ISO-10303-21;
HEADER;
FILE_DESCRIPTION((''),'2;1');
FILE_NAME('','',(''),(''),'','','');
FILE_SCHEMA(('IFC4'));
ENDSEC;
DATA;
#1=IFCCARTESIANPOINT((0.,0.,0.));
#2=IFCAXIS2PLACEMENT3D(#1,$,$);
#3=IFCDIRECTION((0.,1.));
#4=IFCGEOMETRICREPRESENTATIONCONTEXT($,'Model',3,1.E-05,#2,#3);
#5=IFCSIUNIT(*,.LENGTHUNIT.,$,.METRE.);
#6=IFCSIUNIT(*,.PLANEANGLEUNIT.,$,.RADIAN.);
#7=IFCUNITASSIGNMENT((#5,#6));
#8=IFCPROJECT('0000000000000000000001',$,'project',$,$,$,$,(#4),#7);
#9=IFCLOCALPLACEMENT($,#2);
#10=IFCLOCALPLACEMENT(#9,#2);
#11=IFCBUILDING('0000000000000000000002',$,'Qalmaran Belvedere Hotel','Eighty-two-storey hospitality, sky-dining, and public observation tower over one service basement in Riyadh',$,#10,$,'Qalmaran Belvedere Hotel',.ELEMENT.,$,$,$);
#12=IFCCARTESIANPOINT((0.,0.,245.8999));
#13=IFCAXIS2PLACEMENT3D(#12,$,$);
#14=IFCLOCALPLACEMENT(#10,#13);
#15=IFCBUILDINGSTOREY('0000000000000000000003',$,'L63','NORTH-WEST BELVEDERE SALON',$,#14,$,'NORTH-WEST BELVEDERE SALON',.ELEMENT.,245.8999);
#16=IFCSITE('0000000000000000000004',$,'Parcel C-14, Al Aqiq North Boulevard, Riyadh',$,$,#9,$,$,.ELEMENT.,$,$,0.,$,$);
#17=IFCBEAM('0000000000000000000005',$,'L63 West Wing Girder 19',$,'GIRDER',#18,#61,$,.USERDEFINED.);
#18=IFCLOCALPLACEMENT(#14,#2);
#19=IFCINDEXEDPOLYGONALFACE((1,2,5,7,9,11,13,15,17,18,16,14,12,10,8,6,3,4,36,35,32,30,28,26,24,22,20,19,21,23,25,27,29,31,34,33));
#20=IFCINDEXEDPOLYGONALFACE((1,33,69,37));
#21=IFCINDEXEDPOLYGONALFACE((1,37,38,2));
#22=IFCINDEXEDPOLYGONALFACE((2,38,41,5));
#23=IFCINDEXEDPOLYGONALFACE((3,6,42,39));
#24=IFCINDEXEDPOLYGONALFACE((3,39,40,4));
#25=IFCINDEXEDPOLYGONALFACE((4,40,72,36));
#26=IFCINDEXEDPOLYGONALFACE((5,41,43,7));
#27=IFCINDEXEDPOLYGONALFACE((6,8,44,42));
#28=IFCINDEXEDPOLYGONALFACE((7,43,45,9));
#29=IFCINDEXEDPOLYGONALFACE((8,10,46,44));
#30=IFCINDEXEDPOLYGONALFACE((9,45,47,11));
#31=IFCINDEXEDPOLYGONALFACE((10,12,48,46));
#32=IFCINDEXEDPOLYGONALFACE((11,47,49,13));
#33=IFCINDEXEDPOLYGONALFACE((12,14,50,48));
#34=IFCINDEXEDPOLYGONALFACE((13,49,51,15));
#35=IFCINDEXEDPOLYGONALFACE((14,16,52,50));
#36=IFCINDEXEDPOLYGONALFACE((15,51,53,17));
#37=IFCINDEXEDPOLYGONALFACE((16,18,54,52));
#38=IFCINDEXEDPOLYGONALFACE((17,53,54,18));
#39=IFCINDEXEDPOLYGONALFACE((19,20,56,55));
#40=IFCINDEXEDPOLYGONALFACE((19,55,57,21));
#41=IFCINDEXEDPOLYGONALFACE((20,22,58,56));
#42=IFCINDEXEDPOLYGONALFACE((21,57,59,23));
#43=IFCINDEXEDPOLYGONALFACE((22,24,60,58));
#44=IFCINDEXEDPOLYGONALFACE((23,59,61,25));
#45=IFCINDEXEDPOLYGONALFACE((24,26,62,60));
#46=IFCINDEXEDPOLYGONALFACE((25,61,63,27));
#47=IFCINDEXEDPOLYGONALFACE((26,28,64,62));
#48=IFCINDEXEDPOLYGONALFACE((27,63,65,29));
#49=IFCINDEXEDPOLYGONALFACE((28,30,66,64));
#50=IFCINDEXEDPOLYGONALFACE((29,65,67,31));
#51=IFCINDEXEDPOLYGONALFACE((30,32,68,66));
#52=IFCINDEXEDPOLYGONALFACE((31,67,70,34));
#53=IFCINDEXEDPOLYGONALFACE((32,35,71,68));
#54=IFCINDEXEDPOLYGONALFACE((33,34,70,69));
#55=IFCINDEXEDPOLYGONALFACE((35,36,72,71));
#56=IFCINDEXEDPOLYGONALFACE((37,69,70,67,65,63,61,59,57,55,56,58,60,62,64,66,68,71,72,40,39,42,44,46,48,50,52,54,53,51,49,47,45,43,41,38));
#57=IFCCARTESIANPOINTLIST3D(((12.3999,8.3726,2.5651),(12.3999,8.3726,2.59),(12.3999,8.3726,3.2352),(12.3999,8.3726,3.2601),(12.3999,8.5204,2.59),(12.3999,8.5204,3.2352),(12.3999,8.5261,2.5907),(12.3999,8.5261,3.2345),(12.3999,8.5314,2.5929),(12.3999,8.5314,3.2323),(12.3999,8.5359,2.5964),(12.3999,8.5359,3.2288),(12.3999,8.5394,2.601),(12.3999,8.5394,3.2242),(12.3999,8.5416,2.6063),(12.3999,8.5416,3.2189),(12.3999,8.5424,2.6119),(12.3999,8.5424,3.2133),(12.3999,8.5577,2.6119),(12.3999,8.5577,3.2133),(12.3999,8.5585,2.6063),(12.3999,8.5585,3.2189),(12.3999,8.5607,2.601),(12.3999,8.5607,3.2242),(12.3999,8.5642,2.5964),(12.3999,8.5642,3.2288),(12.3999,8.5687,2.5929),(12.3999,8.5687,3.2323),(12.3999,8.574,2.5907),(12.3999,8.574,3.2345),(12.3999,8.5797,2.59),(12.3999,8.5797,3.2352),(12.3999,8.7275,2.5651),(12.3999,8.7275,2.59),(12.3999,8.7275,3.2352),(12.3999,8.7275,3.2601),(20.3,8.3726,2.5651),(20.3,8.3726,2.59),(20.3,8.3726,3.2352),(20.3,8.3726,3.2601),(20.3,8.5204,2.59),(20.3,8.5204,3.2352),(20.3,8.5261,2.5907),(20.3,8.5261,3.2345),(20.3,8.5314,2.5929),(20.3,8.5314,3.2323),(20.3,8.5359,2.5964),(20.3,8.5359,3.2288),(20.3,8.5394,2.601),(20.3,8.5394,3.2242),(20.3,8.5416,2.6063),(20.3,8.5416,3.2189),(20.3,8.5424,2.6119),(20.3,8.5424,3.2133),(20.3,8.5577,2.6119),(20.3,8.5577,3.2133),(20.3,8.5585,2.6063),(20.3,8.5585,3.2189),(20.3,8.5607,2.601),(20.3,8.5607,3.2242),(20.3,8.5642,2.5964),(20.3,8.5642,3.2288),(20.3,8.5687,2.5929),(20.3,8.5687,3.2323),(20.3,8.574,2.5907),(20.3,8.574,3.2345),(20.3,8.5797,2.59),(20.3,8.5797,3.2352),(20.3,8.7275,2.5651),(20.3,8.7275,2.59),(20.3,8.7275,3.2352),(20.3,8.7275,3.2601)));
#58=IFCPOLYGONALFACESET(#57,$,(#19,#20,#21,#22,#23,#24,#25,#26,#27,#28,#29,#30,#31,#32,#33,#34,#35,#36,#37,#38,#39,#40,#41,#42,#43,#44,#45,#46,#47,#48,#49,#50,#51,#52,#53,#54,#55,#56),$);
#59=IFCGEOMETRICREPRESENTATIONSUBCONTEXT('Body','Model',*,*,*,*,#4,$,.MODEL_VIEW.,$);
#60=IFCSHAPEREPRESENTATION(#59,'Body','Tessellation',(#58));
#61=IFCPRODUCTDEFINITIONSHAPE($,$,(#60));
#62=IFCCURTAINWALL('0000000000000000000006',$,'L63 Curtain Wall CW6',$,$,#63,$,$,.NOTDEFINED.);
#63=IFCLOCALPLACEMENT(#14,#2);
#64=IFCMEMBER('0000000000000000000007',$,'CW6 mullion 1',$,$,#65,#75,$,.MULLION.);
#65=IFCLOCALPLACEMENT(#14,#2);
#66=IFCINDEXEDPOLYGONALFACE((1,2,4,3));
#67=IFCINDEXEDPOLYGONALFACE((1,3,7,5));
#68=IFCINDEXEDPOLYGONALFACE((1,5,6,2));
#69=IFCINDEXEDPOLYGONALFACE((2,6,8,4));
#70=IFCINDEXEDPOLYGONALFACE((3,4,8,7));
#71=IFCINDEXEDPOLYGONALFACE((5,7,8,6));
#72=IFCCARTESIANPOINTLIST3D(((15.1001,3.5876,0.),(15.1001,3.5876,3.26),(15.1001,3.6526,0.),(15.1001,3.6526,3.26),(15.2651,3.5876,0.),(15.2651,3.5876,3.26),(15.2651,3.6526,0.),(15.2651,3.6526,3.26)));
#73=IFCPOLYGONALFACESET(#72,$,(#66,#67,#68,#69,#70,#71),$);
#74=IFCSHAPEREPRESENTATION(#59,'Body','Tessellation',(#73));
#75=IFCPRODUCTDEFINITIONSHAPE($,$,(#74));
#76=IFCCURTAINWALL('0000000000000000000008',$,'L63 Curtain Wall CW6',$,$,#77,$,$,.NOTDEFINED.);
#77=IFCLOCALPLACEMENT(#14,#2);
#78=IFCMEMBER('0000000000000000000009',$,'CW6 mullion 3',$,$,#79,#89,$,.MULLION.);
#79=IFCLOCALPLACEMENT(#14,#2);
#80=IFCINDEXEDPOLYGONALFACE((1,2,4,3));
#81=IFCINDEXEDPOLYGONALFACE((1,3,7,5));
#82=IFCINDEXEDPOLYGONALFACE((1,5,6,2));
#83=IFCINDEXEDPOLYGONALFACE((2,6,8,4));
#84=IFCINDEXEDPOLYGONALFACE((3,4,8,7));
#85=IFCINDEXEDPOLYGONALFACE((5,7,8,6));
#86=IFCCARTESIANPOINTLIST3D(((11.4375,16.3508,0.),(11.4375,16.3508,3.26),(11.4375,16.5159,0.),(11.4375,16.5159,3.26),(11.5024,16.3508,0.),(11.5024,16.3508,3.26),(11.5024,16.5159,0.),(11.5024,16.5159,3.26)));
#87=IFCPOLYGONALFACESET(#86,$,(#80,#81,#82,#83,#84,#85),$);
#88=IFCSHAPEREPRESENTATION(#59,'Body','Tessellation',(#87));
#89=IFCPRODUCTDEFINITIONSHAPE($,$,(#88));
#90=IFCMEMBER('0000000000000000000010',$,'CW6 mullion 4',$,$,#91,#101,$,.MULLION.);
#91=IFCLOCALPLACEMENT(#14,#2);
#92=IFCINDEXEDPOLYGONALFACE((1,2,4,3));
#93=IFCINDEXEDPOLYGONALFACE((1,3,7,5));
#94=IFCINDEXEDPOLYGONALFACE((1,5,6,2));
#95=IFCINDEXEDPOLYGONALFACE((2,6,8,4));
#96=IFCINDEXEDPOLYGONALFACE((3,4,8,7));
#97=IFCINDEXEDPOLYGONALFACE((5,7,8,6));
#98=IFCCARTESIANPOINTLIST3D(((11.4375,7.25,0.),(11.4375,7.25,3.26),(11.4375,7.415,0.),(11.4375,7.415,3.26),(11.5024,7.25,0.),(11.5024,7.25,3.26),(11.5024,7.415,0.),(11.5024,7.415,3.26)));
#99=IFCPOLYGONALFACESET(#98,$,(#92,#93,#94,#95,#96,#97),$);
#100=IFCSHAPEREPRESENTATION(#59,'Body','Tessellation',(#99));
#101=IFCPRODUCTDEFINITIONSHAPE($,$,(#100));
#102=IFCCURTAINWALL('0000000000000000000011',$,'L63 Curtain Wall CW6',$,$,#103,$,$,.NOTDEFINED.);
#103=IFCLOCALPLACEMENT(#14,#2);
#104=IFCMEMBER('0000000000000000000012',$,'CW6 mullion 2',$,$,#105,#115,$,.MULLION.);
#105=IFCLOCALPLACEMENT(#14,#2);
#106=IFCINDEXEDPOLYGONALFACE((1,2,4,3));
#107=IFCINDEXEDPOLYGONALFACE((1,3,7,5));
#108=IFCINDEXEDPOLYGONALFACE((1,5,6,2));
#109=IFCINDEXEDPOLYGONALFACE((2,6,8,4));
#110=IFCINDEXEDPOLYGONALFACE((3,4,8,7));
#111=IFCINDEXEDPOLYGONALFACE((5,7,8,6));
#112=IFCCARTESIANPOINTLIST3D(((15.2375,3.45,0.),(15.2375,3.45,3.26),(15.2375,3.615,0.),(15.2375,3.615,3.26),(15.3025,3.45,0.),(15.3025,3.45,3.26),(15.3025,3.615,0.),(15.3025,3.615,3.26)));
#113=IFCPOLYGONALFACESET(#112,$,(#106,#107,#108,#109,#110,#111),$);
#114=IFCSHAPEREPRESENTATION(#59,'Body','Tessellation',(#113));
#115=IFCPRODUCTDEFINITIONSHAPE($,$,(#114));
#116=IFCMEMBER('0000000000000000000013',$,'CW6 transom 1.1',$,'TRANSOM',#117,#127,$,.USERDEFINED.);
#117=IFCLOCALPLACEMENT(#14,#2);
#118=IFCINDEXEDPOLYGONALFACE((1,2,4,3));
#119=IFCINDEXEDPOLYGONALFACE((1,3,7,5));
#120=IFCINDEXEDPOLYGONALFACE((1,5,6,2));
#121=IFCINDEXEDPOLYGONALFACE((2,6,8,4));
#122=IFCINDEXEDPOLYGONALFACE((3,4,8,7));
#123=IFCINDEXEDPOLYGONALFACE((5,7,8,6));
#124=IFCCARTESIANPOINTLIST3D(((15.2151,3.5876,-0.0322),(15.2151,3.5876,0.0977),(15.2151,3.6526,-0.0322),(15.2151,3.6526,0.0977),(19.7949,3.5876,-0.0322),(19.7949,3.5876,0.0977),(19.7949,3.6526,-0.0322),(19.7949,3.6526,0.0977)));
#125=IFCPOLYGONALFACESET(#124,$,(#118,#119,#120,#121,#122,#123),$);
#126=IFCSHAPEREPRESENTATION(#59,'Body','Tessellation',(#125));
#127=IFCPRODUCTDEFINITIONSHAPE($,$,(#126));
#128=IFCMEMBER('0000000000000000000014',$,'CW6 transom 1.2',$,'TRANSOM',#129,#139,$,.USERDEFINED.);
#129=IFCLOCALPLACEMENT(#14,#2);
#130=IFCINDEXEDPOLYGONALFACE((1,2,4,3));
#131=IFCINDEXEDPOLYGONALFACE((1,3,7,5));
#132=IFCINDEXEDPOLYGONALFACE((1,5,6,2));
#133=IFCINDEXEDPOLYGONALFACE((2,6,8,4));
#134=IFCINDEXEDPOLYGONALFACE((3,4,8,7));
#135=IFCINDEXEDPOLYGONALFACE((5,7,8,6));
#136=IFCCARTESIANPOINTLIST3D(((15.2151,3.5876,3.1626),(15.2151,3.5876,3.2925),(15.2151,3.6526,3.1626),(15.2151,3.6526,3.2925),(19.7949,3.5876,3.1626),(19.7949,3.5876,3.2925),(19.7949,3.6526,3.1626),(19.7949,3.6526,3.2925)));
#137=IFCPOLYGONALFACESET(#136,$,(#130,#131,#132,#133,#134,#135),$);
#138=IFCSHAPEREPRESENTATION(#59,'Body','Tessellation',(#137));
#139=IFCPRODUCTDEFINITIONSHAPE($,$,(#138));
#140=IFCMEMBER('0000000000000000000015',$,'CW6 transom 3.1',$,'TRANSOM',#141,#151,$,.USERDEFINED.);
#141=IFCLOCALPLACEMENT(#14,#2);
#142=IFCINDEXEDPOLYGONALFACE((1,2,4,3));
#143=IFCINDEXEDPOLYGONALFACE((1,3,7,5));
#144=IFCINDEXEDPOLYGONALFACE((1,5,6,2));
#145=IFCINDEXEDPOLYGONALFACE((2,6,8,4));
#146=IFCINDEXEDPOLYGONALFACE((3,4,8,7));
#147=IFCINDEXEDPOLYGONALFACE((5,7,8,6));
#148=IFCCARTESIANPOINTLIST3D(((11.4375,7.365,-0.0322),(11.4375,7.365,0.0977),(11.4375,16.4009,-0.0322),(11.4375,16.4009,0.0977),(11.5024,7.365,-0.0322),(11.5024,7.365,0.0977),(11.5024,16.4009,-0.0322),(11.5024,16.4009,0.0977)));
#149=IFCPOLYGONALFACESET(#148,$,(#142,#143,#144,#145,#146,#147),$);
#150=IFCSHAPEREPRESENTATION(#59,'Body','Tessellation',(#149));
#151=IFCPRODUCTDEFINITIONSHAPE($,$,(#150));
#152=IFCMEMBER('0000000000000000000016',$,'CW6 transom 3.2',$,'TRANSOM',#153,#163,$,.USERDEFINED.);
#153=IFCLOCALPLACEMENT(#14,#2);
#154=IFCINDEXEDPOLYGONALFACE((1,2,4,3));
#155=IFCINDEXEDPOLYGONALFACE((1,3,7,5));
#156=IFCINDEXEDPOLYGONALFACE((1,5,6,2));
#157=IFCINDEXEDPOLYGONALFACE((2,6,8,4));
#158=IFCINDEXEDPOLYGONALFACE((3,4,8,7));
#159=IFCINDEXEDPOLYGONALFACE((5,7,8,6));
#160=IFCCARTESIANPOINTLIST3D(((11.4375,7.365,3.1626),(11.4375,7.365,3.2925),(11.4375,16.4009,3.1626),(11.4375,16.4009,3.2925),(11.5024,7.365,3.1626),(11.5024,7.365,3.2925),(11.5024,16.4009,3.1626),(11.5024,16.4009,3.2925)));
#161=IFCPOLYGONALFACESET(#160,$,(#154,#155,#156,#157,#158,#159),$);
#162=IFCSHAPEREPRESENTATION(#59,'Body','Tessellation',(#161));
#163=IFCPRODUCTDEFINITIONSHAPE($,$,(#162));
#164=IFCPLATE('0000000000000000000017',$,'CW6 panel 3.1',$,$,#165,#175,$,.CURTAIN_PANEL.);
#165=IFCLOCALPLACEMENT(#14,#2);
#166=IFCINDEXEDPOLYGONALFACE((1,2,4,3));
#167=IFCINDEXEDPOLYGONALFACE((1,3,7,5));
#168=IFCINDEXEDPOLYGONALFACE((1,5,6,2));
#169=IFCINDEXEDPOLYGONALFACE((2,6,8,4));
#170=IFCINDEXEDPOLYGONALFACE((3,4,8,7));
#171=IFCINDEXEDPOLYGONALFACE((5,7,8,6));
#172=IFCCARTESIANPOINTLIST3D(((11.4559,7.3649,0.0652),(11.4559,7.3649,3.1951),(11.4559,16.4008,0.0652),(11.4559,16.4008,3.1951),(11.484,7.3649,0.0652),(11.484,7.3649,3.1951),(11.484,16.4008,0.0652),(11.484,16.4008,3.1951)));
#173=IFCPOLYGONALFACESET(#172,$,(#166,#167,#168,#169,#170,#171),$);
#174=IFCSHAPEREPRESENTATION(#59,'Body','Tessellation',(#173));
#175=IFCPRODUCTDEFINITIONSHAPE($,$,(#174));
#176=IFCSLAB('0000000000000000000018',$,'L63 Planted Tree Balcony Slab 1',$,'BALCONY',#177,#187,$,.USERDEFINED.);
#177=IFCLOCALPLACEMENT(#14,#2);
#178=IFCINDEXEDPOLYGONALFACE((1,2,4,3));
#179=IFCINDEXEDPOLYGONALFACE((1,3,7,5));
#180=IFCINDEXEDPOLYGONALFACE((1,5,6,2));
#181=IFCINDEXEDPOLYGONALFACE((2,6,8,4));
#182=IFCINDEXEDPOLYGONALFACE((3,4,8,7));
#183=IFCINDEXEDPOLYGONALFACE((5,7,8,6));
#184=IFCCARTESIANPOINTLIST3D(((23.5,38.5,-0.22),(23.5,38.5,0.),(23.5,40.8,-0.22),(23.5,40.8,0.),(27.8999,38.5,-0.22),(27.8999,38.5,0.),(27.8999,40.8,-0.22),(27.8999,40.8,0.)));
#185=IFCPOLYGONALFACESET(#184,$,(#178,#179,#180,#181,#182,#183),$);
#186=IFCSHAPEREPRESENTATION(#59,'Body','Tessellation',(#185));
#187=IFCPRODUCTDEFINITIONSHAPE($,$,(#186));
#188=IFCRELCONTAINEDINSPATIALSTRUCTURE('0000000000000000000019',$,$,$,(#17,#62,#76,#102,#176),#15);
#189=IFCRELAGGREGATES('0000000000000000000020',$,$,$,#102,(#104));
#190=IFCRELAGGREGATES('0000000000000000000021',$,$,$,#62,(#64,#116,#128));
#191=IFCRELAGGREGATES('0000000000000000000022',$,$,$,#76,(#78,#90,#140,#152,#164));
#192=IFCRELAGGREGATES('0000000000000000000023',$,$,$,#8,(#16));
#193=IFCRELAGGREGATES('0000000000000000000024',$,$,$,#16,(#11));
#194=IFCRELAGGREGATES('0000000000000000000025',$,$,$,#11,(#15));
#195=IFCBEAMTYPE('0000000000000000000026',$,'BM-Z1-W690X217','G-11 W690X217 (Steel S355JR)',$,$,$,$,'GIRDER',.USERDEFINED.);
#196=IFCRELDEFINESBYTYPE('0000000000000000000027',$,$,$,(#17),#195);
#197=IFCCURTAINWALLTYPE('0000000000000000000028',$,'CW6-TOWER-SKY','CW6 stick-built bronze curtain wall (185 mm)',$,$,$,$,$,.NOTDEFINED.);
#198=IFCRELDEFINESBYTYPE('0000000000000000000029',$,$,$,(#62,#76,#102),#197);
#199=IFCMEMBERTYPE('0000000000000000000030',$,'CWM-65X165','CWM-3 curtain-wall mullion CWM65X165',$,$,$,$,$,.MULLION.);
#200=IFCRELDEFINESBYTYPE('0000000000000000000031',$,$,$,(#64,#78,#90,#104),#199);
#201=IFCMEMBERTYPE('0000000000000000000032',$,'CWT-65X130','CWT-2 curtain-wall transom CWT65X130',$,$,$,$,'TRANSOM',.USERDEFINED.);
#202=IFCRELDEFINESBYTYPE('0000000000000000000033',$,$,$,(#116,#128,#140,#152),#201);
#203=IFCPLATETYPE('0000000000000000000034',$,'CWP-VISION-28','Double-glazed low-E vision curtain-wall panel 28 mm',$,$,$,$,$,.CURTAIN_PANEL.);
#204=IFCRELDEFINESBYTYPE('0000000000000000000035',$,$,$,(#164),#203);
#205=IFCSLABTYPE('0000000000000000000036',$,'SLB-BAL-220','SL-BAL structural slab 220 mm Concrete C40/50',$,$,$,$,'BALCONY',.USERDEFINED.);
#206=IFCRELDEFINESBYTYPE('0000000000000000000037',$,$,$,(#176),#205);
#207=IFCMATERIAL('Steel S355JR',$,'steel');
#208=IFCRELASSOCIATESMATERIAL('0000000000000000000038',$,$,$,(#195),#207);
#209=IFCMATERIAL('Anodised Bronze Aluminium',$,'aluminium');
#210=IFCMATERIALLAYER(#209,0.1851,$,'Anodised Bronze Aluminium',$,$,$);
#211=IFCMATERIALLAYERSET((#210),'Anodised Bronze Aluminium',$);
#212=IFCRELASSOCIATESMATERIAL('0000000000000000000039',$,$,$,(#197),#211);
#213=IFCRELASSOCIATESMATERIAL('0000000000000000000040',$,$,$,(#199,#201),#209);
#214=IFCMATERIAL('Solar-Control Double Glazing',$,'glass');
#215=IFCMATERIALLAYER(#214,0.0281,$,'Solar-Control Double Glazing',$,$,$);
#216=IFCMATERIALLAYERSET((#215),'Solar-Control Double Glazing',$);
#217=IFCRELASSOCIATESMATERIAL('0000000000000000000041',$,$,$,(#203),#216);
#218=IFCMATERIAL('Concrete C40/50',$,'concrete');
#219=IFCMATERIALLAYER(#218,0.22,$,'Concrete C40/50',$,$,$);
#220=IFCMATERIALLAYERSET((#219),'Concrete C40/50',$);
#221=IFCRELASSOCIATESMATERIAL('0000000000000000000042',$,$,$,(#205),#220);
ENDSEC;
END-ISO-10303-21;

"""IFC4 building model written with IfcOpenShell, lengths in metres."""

from ifc_helpers import new_model, si_unit, direction, frame, origin, origin_2d, place, context, subcontext, project, spatial, polyline, rectangle, i_section, outline, extrude, material, layer, layer_set, material_profile, profile_set, type_object, element, aggregate, save


model = new_model("IFC4")

# Units and contexts
model_context = context("Model", 3, precision=1e-05, world=origin(), true_north=direction((0.0, 1.0)))
body_context = subcontext(model_context, "Body", "Model", "MODEL_VIEW")
ifc_project = project(units=[si_unit("LENGTHUNIT", "METRE"), si_unit("PLANEANGLEUNIT", "RADIAN")], contexts=[model_context])

# Site, building, storey
site_placement = place(None, origin())
site = spatial("IfcSite", under=ifc_project, at=site_placement, Name="Parcel C-14, Al Aqiq North Boulevard, Riyadh", CompositionType="ELEMENT", RefElevation=0.0)
building_placement = place(site_placement, origin())
building = spatial("IfcBuilding", under=site, at=building_placement, Name="Qalmaran Belvedere Hotel", Description="Eighty-two-storey hospitality, sky-dining, and public observation tower over one service basement in Riyadh", LongName="Qalmaran Belvedere Hotel", CompositionType="ELEMENT")
storey_placement = place(building_placement, frame((0.0, 0.0, 245.8999)))
storey = spatial("IfcBuildingStorey", under=building, at=storey_placement, Name="L63", Description="NORTH-WEST BELVEDERE SALON", LongName="NORTH-WEST BELVEDERE SALON", CompositionType="ELEMENT", Elevation=245.8999)

# Beam
ifc_material_1 = material(Name="Steel S355JR", Category="steel")
ifc_material_profile_1 = material_profile(ifc_material_1, i_section(OverallWidth=0.355, OverallDepth=0.6951, WebThickness=0.0154, FlangeThickness=0.0249, FilletRadius=0.022, at=origin_2d()), Name="W690X217")
ifc_profile_set_1 = profile_set([ifc_material_profile_1], Name="Steel S355JR")
beam_type_1 = type_object("IfcBeamType", Name="BM-Z1-W690X217", Description="G-11 W690X217 (Steel S355JR)", ElementType="GIRDER", PredefinedType="USERDEFINED", material=ifc_profile_set_1)
beam_1_placement = place(storey_placement, frame((12.3999, 8.55, 2.9126), z_axis=(1.0, 0.0, 0.0), x_axis=(0.0, 1.0, 0.0)))
element("IfcBeam", 1, at=beam_1_placement, inside=storey, type_object=beam_type_1, Name="L63 West Wing Girder 19", ObjectType="GIRDER", PredefinedType="USERDEFINED", context=body_context, shape_type="SweptSolid", body=[
    extrude(i_section(OverallWidth=0.355, OverallDepth=0.6951, WebThickness=0.0154, FlangeThickness=0.0249, FilletRadius=0.022, at=origin_2d()), origin(), (0.0, 0.0, 1.0), 7.9001),
])

# Curtain wall, member
ifc_material_2 = material(Name="Anodised Bronze Aluminium", Category="aluminium")
ifc_layer_1 = layer(ifc_material_2, 0.1851, Name="Anodised Bronze Aluminium")
ifc_layer_set_1 = layer_set([ifc_layer_1], Name="Anodised Bronze Aluminium")
curtain_wall_type = type_object("IfcCurtainWallType", Name="CW6-TOWER-SKY", Description="CW6 stick-built bronze curtain wall (185 mm)", PredefinedType="NOTDEFINED", material=ifc_layer_set_1)
curtain_wall_1_placement = place(storey_placement, origin())
curtain_wall_1 = element("IfcCurtainWall", 2, at=curtain_wall_1_placement, inside=storey, type_object=curtain_wall_type, Name="L63 Curtain Wall CW6", PredefinedType="NOTDEFINED")
ifc_material_profile_2 = material_profile(ifc_material_2, rectangle(XDim=0.0649, YDim=0.165, at=origin_2d()), Name="CWM65X165")
ifc_profile_set_2 = profile_set([ifc_material_profile_2], Name="Anodised Bronze Aluminium")
member_type_1 = type_object("IfcMemberType", Name="CWM-65X165", Description="CWM-3 curtain-wall mullion CWM65X165", PredefinedType="MULLION", material=ifc_profile_set_2)
member_1_placement = place(storey_placement, frame((15.1826, 3.6201, 0.0), z_axis=(0.0, 0.0, 1.0), x_axis=(0.0, 1.0, 0.0)))
member_1 = element("IfcMember", 3, at=member_1_placement, type_object=member_type_1, Name="CW6 mullion 1", PredefinedType="MULLION", context=body_context, shape_type="SweptSolid", body=[
    extrude(rectangle(XDim=0.0649, YDim=0.165, at=origin_2d()), origin(), (0.0, 0.0, 1.0), 3.26),
])

# Curtain wall, members
curtain_wall_2_placement = place(storey_placement, origin())
curtain_wall_2 = element("IfcCurtainWall", 4, at=curtain_wall_2_placement, inside=storey, type_object=curtain_wall_type, Name="L63 Curtain Wall CW6", PredefinedType="NOTDEFINED")
member_2_placement = place(storey_placement, frame((11.47, 16.4333, 0.0), z_axis=(0.0, 0.0, 1.0), x_axis=(1.0, 0.0, 0.0)))
member_2 = element("IfcMember", 5, at=member_2_placement, type_object=member_type_1, Name="CW6 mullion 3", PredefinedType="MULLION", context=body_context, shape_type="SweptSolid", body=[
    extrude(rectangle(XDim=0.0649, YDim=0.165, at=origin_2d()), origin(), (0.0, 0.0, 1.0), 3.26),
])
member_3_placement = place(storey_placement, frame((11.47, 7.3325, 0.0), z_axis=(0.0, 0.0, 1.0), x_axis=(1.0, 0.0, 0.0)))
member_3 = element("IfcMember", 6, at=member_3_placement, type_object=member_type_1, Name="CW6 mullion 4", PredefinedType="MULLION", context=body_context, shape_type="SweptSolid", body=[
    extrude(rectangle(XDim=0.0649, YDim=0.165, at=origin_2d()), origin(), (0.0, 0.0, 1.0), 3.26),
])

# Curtain wall, member
curtain_wall_3_placement = place(storey_placement, origin())
curtain_wall_3 = element("IfcCurtainWall", 7, at=curtain_wall_3_placement, inside=storey, type_object=curtain_wall_type, Name="L63 Curtain Wall CW6", PredefinedType="NOTDEFINED")
member_4_placement = place(storey_placement, frame((15.27, 3.5325, 0.0), z_axis=(0.0, 0.0, 1.0), x_axis=(1.0, 0.0, 0.0)))
member_4 = element("IfcMember", 8, at=member_4_placement, type_object=member_type_1, Name="CW6 mullion 2", PredefinedType="MULLION", context=body_context, shape_type="SweptSolid", body=[
    extrude(rectangle(XDim=0.0649, YDim=0.165, at=origin_2d()), origin(), (0.0, 0.0, 1.0), 3.26),
])
aggregate(curtain_wall_3, [member_4])

# Members
ifc_material_profile_3 = material_profile(ifc_material_2, rectangle(XDim=0.0649, YDim=0.1299, at=origin_2d()), Name="CWT65X130")
ifc_profile_set_3 = profile_set([ifc_material_profile_3], Name="Anodised Bronze Aluminium")
member_type_2 = type_object("IfcMemberType", Name="CWT-65X130", Description="CWT-2 curtain-wall transom CWT65X130", ElementType="TRANSOM", PredefinedType="USERDEFINED", material=ifc_profile_set_3)
member_5_placement = place(storey_placement, frame((15.2151, 3.6201, 0.0327), z_axis=(1.0, 0.0, 0.0), x_axis=(0.0, 1.0, 0.0)))
member_5 = element("IfcMember", 9, at=member_5_placement, type_object=member_type_2, Name="CW6 transom 1.1", ObjectType="TRANSOM", PredefinedType="USERDEFINED", context=body_context, shape_type="SweptSolid", body=[
    extrude(rectangle(XDim=0.0649, YDim=0.1299, at=origin_2d()), origin(), (0.0, 0.0, 1.0), 4.5798),
])
member_6_placement = place(storey_placement, frame((15.2151, 3.6201, 3.2275), z_axis=(1.0, 0.0, 0.0), x_axis=(0.0, 1.0, 0.0)))
member_6 = element("IfcMember", 10, at=member_6_placement, type_object=member_type_2, Name="CW6 transom 1.2", ObjectType="TRANSOM", PredefinedType="USERDEFINED", context=body_context, shape_type="SweptSolid", body=[
    extrude(rectangle(XDim=0.0649, YDim=0.1299, at=origin_2d()), origin(), (0.0, 0.0, 1.0), 4.5798),
])
aggregate(curtain_wall_1, [member_1, member_5, member_6])
member_7_placement = place(storey_placement, frame((11.47, 16.4009, 0.0327), z_axis=(0.0, -1.0, 0.0), x_axis=(1.0, 0.0, 0.0)))
member_7 = element("IfcMember", 11, at=member_7_placement, type_object=member_type_2, Name="CW6 transom 3.1", ObjectType="TRANSOM", PredefinedType="USERDEFINED", context=body_context, shape_type="SweptSolid", body=[
    extrude(rectangle(XDim=0.0649, YDim=0.1299, at=origin_2d()), origin(), (0.0, 0.0, 1.0), 9.0359),
])
member_8_placement = place(storey_placement, frame((11.47, 16.4009, 3.2275), z_axis=(0.0, -1.0, 0.0), x_axis=(1.0, 0.0, 0.0)))
member_8 = element("IfcMember", 12, at=member_8_placement, type_object=member_type_2, Name="CW6 transom 3.2", ObjectType="TRANSOM", PredefinedType="USERDEFINED", context=body_context, shape_type="SweptSolid", body=[
    extrude(rectangle(XDim=0.0649, YDim=0.1299, at=origin_2d()), origin(), (0.0, 0.0, 1.0), 9.0359),
])

# Plate
ifc_material_3 = material(Name="Solar-Control Double Glazing", Category="glass")
ifc_layer_2 = layer(ifc_material_3, 0.0281, Name="Solar-Control Double Glazing")
ifc_layer_set_2 = layer_set([ifc_layer_2], Name="Solar-Control Double Glazing")
plate_type = type_object("IfcPlateType", Name="CWP-VISION-28", Description="Double-glazed low-E vision curtain-wall panel 28 mm", PredefinedType="CURTAIN_PANEL", material=ifc_layer_set_2)
plate_placement = place(storey_placement, frame((11.47, 11.8828, 0.0652), z_axis=(0.0, 0.0, 1.0), x_axis=(0.0, -1.0, 0.0)))
plate = element("IfcPlate", 13, at=plate_placement, type_object=plate_type, Name="CW6 panel 3.1", PredefinedType="CURTAIN_PANEL", context=body_context, shape_type="SweptSolid", body=[
    extrude(rectangle(XDim=9.0359, YDim=0.0281, at=origin_2d()), origin(), (0.0, 0.0, 1.0), 3.1299),
])
aggregate(curtain_wall_2, [member_2, member_3, member_7, member_8, plate])

# Slab
ifc_material_4 = material(Name="Concrete C40/50", Category="concrete")
ifc_layer_3 = layer(ifc_material_4, 0.22, Name="Concrete C40/50")
ifc_layer_set_3 = layer_set([ifc_layer_3], Name="Concrete C40/50")
slab_type_1 = type_object("IfcSlabType", Name="SLB-BAL-220", Description="SL-BAL structural slab 220 mm Concrete C40/50", ElementType="BALCONY", PredefinedType="USERDEFINED", material=ifc_layer_set_3)
slab_1_placement = place(storey_placement, frame((0.0, 0.0, -0.22)))
element("IfcSlab", 14, at=slab_1_placement, inside=storey, type_object=slab_type_1, Name="L63 Planted Tree Balcony Slab 1", ObjectType="BALCONY", PredefinedType="USERDEFINED", context=body_context, shape_type="SweptSolid", body=[
    extrude(outline(polyline([(23.5, 38.5), (27.8999, 38.5), (27.8999, 40.8), (23.5, 40.8), (23.5, 38.5)])), origin(), (0.0, 0.0, 1.0), 0.22),
])

save(model, "model.ifc")
